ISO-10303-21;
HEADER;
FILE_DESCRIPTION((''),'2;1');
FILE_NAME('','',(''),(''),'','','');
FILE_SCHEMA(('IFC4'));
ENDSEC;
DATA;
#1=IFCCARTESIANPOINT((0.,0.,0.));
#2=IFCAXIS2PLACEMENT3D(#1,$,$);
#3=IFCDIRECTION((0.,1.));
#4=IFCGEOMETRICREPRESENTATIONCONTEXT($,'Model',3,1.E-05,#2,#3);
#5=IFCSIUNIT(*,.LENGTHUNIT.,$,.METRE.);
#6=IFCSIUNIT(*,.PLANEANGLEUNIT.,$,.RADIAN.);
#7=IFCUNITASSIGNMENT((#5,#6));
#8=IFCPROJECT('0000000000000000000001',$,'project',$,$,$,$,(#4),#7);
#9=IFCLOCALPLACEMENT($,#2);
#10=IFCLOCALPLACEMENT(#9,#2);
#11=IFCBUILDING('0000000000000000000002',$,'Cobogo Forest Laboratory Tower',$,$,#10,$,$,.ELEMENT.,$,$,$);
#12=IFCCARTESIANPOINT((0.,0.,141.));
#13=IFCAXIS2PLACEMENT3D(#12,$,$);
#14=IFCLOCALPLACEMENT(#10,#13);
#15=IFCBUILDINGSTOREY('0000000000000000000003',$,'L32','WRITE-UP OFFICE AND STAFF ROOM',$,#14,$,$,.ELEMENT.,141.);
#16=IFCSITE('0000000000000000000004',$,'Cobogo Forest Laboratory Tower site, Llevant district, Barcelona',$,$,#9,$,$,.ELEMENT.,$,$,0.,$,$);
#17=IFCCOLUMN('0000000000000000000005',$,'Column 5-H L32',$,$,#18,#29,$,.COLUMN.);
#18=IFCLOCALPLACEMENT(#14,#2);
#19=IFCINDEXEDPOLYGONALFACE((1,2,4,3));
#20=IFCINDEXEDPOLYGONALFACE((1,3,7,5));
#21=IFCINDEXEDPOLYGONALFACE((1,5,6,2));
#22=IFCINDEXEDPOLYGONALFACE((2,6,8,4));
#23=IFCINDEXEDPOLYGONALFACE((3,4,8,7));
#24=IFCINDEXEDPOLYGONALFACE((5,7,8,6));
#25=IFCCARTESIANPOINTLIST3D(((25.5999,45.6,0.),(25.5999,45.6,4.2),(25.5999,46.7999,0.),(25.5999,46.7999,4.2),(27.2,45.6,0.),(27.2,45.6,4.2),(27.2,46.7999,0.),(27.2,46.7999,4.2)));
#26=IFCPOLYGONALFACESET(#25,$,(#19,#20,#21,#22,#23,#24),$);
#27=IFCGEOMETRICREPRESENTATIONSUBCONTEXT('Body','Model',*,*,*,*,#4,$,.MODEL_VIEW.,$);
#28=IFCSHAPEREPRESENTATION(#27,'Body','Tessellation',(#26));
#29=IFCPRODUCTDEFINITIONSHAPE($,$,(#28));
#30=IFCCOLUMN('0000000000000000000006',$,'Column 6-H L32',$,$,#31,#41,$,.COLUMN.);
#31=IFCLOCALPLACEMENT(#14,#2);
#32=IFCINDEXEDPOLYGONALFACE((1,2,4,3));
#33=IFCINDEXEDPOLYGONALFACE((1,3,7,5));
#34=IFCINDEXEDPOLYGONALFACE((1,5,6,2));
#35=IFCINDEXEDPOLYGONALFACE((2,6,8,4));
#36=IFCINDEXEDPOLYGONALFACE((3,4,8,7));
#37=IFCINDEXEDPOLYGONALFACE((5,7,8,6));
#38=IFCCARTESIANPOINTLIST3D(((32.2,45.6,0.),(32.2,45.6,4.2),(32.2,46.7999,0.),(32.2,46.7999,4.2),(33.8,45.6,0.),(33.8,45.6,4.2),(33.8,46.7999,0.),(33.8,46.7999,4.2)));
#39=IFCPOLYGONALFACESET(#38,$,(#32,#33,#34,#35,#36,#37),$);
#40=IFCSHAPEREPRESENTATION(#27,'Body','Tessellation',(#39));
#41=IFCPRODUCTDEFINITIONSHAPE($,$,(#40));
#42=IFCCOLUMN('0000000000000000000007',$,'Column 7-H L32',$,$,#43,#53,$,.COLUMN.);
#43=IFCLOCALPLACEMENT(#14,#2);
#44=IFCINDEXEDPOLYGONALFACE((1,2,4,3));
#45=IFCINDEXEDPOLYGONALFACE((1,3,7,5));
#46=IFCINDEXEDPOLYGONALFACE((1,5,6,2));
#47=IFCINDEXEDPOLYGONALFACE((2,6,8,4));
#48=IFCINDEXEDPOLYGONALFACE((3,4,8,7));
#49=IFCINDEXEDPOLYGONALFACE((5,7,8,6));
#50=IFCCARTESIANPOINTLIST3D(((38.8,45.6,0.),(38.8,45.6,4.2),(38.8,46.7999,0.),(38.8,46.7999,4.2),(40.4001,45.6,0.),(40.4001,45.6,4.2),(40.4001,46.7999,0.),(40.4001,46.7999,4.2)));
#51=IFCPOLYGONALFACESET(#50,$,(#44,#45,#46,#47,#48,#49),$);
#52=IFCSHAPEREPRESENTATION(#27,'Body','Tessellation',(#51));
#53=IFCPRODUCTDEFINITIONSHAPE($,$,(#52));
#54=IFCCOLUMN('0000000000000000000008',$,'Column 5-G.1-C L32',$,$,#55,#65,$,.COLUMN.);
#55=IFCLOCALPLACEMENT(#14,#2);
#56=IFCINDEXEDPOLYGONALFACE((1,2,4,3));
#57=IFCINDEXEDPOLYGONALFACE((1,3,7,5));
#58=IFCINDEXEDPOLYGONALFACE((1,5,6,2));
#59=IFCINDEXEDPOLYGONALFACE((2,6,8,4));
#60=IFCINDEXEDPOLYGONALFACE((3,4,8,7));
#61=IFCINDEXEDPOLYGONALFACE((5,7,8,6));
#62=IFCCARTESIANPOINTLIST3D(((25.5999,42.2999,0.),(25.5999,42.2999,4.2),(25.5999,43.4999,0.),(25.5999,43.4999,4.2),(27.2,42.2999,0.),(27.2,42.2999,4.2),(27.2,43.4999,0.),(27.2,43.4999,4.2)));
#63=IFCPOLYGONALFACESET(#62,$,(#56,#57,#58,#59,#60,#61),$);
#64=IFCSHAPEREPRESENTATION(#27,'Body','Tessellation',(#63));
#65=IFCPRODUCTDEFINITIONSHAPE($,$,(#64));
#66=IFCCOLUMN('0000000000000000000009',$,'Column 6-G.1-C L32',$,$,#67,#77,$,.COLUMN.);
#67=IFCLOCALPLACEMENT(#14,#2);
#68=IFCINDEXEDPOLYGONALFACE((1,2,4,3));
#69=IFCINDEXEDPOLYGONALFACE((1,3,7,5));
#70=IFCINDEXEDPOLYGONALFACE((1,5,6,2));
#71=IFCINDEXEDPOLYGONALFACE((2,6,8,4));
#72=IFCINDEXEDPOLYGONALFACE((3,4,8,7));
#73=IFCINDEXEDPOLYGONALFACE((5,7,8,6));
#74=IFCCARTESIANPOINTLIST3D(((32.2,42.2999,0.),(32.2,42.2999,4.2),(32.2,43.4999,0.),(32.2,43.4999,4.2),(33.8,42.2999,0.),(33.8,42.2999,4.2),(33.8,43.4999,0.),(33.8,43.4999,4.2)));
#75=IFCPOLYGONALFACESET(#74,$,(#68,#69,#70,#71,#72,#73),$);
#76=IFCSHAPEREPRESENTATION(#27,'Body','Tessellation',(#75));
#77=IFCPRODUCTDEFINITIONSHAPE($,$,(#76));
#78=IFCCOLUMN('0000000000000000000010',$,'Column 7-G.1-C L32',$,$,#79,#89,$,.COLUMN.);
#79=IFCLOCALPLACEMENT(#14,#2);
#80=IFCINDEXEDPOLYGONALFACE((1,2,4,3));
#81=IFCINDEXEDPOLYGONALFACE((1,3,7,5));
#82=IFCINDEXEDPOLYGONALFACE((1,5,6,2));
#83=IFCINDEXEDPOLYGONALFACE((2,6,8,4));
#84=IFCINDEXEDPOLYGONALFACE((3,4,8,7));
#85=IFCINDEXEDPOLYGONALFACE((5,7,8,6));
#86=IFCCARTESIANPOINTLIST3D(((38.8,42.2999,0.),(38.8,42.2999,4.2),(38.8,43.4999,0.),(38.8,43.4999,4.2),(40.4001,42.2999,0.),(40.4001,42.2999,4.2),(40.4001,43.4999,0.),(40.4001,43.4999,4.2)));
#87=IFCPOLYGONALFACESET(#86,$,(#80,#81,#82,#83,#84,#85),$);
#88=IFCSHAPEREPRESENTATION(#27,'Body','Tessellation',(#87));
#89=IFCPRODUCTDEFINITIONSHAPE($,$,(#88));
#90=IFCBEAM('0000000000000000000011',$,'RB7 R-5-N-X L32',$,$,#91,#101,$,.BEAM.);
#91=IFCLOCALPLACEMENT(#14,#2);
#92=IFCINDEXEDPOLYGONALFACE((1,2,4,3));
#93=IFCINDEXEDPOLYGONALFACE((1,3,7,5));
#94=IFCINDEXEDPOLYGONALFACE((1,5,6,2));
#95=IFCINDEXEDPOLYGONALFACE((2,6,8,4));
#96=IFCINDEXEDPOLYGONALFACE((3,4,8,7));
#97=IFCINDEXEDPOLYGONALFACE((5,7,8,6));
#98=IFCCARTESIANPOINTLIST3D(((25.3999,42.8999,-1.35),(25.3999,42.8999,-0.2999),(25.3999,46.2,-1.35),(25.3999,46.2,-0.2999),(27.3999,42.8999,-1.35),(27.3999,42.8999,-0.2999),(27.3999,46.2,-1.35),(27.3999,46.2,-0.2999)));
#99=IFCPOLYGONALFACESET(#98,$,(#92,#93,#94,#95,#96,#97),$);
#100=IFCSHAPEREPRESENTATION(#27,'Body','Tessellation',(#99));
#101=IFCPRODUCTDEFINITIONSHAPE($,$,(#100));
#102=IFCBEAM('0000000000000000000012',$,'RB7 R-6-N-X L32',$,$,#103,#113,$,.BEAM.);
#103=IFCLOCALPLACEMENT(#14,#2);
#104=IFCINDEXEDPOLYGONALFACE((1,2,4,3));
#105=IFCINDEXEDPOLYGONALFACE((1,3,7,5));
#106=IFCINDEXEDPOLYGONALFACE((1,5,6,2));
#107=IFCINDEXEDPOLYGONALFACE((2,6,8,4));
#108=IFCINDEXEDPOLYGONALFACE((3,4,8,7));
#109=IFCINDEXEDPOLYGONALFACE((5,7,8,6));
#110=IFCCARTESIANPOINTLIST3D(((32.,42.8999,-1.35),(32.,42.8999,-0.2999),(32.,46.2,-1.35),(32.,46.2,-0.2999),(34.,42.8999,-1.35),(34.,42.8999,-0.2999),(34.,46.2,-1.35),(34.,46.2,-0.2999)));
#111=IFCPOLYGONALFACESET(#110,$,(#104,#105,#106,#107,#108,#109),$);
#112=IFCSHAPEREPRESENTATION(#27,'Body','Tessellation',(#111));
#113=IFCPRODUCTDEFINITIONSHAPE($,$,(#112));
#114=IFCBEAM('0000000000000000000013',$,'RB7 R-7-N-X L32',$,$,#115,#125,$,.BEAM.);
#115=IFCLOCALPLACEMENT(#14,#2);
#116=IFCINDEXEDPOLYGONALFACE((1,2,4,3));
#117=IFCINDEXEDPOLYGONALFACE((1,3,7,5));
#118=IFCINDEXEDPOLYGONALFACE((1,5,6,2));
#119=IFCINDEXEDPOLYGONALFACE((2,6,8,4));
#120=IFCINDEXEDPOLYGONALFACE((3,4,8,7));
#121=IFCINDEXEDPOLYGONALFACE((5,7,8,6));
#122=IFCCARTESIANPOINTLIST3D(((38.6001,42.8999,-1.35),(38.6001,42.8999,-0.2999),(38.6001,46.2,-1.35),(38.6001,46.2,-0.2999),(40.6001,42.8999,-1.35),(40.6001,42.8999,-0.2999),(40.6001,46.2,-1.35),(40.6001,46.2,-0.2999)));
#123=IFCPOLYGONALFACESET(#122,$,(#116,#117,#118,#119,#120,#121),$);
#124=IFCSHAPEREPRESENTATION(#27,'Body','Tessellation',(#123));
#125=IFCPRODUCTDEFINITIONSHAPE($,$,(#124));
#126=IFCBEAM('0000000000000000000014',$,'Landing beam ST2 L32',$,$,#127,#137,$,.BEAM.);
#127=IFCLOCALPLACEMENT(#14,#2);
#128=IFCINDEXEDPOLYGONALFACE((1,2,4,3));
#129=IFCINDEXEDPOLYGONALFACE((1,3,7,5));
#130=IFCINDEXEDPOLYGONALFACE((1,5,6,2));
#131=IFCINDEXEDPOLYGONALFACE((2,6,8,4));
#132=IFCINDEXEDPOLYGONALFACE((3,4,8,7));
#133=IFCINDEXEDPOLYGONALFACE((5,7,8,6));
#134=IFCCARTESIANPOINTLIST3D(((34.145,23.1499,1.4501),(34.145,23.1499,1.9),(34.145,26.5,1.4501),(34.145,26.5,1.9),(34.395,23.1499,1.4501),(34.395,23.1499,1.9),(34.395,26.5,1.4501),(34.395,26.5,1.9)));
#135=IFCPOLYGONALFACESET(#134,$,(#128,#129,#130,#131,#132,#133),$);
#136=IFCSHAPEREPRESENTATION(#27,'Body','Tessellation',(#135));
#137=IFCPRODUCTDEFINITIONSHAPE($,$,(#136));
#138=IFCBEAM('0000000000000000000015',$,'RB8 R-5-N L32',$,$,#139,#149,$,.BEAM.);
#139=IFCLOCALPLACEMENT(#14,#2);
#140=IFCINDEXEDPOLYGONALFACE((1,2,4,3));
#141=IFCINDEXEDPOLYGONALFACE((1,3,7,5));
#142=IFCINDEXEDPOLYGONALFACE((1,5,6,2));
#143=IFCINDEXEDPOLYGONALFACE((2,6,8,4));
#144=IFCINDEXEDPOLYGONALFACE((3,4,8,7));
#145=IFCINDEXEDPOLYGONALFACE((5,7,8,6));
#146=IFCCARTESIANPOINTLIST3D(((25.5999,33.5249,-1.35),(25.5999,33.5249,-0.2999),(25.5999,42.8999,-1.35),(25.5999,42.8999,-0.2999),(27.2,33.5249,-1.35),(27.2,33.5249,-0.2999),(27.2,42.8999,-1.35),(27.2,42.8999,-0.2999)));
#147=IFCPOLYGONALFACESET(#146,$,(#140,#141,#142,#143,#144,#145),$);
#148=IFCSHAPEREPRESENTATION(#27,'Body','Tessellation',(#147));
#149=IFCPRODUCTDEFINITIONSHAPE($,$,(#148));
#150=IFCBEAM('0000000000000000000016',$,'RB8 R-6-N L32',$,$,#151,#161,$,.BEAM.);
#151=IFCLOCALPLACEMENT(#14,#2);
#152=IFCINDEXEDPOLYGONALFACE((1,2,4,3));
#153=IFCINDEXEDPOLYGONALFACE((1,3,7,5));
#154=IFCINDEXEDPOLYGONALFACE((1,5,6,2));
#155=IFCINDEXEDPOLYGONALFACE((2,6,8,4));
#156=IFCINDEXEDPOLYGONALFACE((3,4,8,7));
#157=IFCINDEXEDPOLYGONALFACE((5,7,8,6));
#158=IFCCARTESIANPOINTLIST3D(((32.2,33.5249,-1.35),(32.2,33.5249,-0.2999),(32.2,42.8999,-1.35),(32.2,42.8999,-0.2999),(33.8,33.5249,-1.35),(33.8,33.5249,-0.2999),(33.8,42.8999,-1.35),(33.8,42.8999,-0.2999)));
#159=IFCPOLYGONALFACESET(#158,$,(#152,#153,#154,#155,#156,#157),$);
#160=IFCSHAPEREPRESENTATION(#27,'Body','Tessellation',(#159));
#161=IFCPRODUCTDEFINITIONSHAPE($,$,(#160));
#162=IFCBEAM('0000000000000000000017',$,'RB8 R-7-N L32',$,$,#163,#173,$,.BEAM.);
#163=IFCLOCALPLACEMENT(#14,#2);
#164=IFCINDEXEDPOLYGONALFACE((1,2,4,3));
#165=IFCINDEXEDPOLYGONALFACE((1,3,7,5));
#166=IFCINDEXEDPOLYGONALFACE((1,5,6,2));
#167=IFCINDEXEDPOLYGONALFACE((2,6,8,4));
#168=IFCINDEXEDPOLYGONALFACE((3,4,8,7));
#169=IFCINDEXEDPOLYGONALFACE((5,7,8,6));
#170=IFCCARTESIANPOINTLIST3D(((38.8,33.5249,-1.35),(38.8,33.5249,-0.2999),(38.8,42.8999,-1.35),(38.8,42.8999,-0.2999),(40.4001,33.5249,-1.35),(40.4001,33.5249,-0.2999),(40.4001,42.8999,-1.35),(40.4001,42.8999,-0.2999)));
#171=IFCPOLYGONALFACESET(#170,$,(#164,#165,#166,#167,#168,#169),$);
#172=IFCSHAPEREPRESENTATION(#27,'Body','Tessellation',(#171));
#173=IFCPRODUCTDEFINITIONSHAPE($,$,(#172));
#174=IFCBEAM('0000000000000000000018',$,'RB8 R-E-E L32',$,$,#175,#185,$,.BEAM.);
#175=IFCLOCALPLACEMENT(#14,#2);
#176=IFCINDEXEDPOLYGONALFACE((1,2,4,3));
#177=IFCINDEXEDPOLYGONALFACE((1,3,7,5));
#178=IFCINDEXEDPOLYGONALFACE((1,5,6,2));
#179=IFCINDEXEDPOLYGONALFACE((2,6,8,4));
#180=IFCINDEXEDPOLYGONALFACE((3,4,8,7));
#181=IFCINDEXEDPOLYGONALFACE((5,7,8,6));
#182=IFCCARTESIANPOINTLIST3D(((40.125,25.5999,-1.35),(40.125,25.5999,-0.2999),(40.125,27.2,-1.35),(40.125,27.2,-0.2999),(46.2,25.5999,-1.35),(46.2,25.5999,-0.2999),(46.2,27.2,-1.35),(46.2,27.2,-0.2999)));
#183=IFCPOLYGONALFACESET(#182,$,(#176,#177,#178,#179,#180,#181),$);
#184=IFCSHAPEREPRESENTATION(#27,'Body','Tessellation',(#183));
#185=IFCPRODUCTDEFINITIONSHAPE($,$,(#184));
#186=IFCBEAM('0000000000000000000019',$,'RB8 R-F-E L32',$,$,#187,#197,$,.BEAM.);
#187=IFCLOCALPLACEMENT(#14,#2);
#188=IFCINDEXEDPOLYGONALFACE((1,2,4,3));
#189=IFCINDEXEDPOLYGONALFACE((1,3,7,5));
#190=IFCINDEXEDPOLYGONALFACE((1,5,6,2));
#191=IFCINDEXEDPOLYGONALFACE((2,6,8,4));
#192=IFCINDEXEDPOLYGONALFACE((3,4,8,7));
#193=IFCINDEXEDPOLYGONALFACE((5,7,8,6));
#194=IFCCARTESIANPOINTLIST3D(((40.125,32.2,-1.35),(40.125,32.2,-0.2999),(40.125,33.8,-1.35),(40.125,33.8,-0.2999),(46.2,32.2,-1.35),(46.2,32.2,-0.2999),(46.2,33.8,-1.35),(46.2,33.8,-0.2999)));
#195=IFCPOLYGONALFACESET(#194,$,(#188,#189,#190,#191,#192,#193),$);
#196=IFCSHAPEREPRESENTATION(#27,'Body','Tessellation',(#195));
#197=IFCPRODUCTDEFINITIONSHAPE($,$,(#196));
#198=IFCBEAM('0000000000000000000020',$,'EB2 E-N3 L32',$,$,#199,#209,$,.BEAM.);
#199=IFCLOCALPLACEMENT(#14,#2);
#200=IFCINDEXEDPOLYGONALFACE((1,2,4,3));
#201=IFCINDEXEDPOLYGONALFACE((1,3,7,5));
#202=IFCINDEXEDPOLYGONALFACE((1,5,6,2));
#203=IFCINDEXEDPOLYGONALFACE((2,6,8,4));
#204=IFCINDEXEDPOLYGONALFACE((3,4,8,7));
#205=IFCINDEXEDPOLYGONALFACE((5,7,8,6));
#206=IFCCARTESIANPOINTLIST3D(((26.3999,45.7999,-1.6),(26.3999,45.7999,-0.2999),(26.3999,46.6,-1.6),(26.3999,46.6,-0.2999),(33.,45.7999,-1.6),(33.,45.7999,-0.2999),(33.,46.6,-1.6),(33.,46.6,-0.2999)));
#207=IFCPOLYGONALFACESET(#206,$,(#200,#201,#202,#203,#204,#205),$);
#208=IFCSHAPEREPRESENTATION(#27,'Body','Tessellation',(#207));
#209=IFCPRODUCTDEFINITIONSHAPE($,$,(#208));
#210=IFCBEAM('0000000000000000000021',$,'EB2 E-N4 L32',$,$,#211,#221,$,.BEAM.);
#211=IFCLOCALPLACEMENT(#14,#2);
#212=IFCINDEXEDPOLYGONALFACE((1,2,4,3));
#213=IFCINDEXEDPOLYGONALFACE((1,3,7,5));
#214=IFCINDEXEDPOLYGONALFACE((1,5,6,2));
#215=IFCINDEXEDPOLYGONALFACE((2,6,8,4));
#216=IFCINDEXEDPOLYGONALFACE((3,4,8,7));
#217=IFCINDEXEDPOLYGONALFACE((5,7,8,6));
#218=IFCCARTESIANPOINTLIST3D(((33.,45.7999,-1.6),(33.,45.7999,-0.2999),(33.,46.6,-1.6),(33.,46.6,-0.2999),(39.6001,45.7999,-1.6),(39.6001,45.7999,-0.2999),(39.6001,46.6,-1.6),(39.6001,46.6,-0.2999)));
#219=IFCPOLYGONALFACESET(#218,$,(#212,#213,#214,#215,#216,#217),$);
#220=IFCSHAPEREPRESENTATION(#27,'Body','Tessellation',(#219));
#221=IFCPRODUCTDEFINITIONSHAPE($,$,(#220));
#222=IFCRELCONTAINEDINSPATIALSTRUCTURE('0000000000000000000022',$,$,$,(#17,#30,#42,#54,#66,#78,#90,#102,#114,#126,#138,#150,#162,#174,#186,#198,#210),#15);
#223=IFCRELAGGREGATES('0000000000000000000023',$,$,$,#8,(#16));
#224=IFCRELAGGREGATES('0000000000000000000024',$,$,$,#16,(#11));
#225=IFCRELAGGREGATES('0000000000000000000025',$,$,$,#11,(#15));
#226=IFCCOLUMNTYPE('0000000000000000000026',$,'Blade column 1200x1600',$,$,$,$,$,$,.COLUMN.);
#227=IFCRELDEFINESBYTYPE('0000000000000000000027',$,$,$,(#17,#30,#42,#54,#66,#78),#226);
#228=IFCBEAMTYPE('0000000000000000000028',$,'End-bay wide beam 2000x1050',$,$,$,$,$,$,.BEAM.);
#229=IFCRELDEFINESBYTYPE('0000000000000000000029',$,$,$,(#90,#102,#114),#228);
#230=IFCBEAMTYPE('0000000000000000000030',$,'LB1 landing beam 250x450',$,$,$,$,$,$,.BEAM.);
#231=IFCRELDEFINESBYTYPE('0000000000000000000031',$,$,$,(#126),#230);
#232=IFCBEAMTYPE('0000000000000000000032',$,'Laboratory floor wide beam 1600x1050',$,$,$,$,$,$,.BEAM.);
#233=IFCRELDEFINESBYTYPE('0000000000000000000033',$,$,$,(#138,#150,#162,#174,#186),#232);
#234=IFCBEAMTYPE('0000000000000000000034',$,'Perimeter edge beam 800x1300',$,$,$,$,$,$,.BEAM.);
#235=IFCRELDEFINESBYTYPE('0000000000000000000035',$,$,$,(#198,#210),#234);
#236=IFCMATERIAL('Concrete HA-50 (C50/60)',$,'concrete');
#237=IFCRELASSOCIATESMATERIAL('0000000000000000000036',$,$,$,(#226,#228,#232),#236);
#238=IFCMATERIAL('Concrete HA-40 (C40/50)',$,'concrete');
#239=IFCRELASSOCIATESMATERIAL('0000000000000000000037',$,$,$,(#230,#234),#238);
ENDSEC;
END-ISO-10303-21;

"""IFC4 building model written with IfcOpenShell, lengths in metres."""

from ifc_helpers import new_model, si_unit, direction, frame, origin, origin_2d, place, context, subcontext, project, spatial, rectangle, extrude, material, material_profile, profile_set, type_object, element, save


model = new_model("IFC4")

# Units and contexts
model_context = context("Model", 3, precision=1e-05, world=origin(), true_north=direction((0.0, 1.0)))
body_context = subcontext(model_context, "Body", "Model", "MODEL_VIEW")
ifc_project = project(units=[si_unit("LENGTHUNIT", "METRE"), si_unit("PLANEANGLEUNIT", "RADIAN")], contexts=[model_context])

# Site, building, storey
site_placement = place(None, origin())
site = spatial("IfcSite", under=ifc_project, at=site_placement, Name="Cobogo Forest Laboratory Tower site, Llevant district, Barcelona", CompositionType="ELEMENT", RefElevation=0.0)
building_placement = place(site_placement, origin())
building = spatial("IfcBuilding", under=site, at=building_placement, Name="Cobogo Forest Laboratory Tower", CompositionType="ELEMENT")
storey_placement = place(building_placement, frame((0.0, 0.0, 141.0)))
storey = spatial("IfcBuildingStorey", under=building, at=storey_placement, Name="L32", Description="WRITE-UP OFFICE AND STAFF ROOM", CompositionType="ELEMENT", Elevation=141.0)

# Columns
ifc_material_1 = material(Name="Concrete HA-50 (C50/60)", Category="concrete")
ifc_material_profile_1 = material_profile(ifc_material_1, rectangle(XDim=1.6001, YDim=1.2, at=origin_2d()), Name="RC 1200x1600")
ifc_profile_set_1 = profile_set([ifc_material_profile_1], Name="Concrete HA-50 (C50/60)")
column_type = type_object("IfcColumnType", Name="Blade column 1200x1600", PredefinedType="COLUMN", material=ifc_profile_set_1)
for number, where, z_axis, x_axis, name in (
    (1, (26.3999, 46.2, 0.0), (0.0, 0.0, 1.0), (1.0, 0.0, 0.0), "Column 5-H L32"),
    (2, (33.0, 46.2, 0.0), (0.0, 0.0, 1.0), (1.0, 0.0, 0.0), "Column 6-H L32"),
    (3, (39.6001, 46.2, 0.0), (0.0, 0.0, 1.0), (1.0, 0.0, 0.0), "Column 7-H L32"),
    (4, (26.3999, 42.8999, 0.0), (0.0, 0.0, 1.0), (1.0, 0.0, 0.0), "Column 5-G.1-C L32"),
    (5, (33.0, 42.8999, 0.0), (0.0, 0.0, 1.0), (1.0, 0.0, 0.0), "Column 6-G.1-C L32"),
    (6, (39.6001, 42.8999, 0.0), (0.0, 0.0, 1.0), (1.0, 0.0, 0.0), "Column 7-G.1-C L32"),
):
    element("IfcColumn", number, at=place(storey_placement, frame(where, z_axis=z_axis, x_axis=x_axis)), inside=storey, type_object=column_type, Name=name, PredefinedType="COLUMN", context=body_context, shape_type="SweptSolid", body=[
        extrude(rectangle(XDim=1.6001, YDim=1.2, at=origin_2d()), origin(), (0.0, 0.0, 1.0), 4.2),
    ])

# Beams
ifc_material_profile_2 = material_profile(ifc_material_1, rectangle(XDim=2.0, YDim=1.05, at=origin_2d()), Name="RC 2000x1050")
ifc_profile_set_2 = profile_set([ifc_material_profile_2], Name="Concrete HA-50 (C50/60)")
beam_type_1 = type_object("IfcBeamType", Name="End-bay wide beam 2000x1050", PredefinedType="BEAM", material=ifc_profile_set_2)
for number, where, z_axis, x_axis, name in (
    (7, (26.3999, 46.2, -0.825), (0.0, -1.0, 0.0), (1.0, 0.0, 0.0), "RB7 R-5-N-X L32"),
    (8, (33.0, 46.2, -0.825), (0.0, -1.0, 0.0), (1.0, 0.0, 0.0), "RB7 R-6-N-X L32"),
    (9, (39.6001, 46.2, -0.825), (0.0, -1.0, 0.0), (1.0, 0.0, 0.0), "RB7 R-7-N-X L32"),
):
    element("IfcBeam", number, at=place(storey_placement, frame(where, z_axis=z_axis, x_axis=x_axis)), inside=storey, type_object=beam_type_1, Name=name, PredefinedType="BEAM", context=body_context, shape_type="SweptSolid", body=[
        extrude(rectangle(XDim=2.0, YDim=1.05, at=origin_2d()), origin(), (0.0, 0.0, 1.0), 3.3),
    ])
ifc_material_2 = material(Name="Concrete HA-40 (C40/50)", Category="concrete")
ifc_material_profile_3 = material_profile(ifc_material_2, rectangle(XDim=0.25, YDim=0.45, at=origin_2d()), Name="RC 250x450")
ifc_profile_set_3 = profile_set([ifc_material_profile_3], Name="Concrete HA-40 (C40/50)")
beam_type_2 = type_object("IfcBeamType", Name="LB1 landing beam 250x450", PredefinedType="BEAM", material=ifc_profile_set_3)
beam_1_placement = place(storey_placement, frame((34.27, 23.1499, 1.675), z_axis=(0.0, 1.0, 0.0), x_axis=(-1.0, 0.0, 0.0)))
element("IfcBeam", 10, at=beam_1_placement, inside=storey, type_object=beam_type_2, Name="Landing beam ST2 L32", PredefinedType="BEAM", context=body_context, shape_type="SweptSolid", body=[
    extrude(rectangle(XDim=0.25, YDim=0.45, at=origin_2d()), origin(), (0.0, 0.0, 1.0), 3.3501),
])
ifc_material_profile_4 = material_profile(ifc_material_1, rectangle(XDim=1.6001, YDim=1.05, at=origin_2d()), Name="RC 1600x1050")
ifc_profile_set_4 = profile_set([ifc_material_profile_4], Name="Concrete HA-50 (C50/60)")
beam_type_3 = type_object("IfcBeamType", Name="Laboratory floor wide beam 1600x1050", PredefinedType="BEAM", material=ifc_profile_set_4)
for number, where, z_axis, x_axis, name in (
    (11, (26.3999, 33.5249, -0.825), (0.0, 1.0, 0.0), (-1.0, 0.0, 0.0), "RB8 R-5-N L32"),
    (12, (33.0, 33.5249, -0.825), (0.0, 1.0, 0.0), (-1.0, 0.0, 0.0), "RB8 R-6-N L32"),
    (13, (39.6001, 33.5249, -0.825), (0.0, 1.0, 0.0), (-1.0, 0.0, 0.0), "RB8 R-7-N L32"),
):
    element("IfcBeam", number, at=place(storey_placement, frame(where, z_axis=z_axis, x_axis=x_axis)), inside=storey, type_object=beam_type_3, Name=name, PredefinedType="BEAM", context=body_context, shape_type="SweptSolid", body=[
        extrude(rectangle(XDim=1.6001, YDim=1.05, at=origin_2d()), origin(), (0.0, 0.0, 1.0), 9.375),
    ])
for number, where, z_axis, x_axis, name in (
    (14, (40.125, 26.3999, -0.825), (1.0, 0.0, 0.0), (0.0, 1.0, 0.0), "RB8 R-E-E L32"),
    (15, (40.125, 33.0, -0.825), (1.0, 0.0, 0.0), (0.0, 1.0, 0.0), "RB8 R-F-E L32"),
):
    element("IfcBeam", number, at=place(storey_placement, frame(where, z_axis=z_axis, x_axis=x_axis)), inside=storey, type_object=beam_type_3, Name=name, PredefinedType="BEAM", context=body_context, shape_type="SweptSolid", body=[
        extrude(rectangle(XDim=1.6001, YDim=1.05, at=origin_2d()), origin(), (0.0, 0.0, 1.0), 6.075),
    ])
ifc_material_profile_5 = material_profile(ifc_material_2, rectangle(XDim=0.8, YDim=1.3, at=origin_2d()), Name="RC 800x1300")
ifc_profile_set_5 = profile_set([ifc_material_profile_5], Name="Concrete HA-40 (C40/50)")
beam_type_4 = type_object("IfcBeamType", Name="Perimeter edge beam 800x1300", PredefinedType="BEAM", material=ifc_profile_set_5)
for number, where, z_axis, x_axis, name in (
    (16, (26.3999, 46.2, -0.95), (1.0, 0.0, 0.0), (0.0, 1.0, 0.0), "EB2 E-N3 L32"),
    (17, (33.0, 46.2, -0.95), (1.0, 0.0, 0.0), (0.0, 1.0, 0.0), "EB2 E-N4 L32"),
):
    element("IfcBeam", number, at=place(storey_placement, frame(where, z_axis=z_axis, x_axis=x_axis)), inside=storey, type_object=beam_type_4, Name=name, PredefinedType="BEAM", context=body_context, shape_type="SweptSolid", body=[
        extrude(rectangle(XDim=0.8, YDim=1.3, at=origin_2d()), origin(), (0.0, 0.0, 1.0), 6.6001),
    ])

save(model, "model.ifc")
